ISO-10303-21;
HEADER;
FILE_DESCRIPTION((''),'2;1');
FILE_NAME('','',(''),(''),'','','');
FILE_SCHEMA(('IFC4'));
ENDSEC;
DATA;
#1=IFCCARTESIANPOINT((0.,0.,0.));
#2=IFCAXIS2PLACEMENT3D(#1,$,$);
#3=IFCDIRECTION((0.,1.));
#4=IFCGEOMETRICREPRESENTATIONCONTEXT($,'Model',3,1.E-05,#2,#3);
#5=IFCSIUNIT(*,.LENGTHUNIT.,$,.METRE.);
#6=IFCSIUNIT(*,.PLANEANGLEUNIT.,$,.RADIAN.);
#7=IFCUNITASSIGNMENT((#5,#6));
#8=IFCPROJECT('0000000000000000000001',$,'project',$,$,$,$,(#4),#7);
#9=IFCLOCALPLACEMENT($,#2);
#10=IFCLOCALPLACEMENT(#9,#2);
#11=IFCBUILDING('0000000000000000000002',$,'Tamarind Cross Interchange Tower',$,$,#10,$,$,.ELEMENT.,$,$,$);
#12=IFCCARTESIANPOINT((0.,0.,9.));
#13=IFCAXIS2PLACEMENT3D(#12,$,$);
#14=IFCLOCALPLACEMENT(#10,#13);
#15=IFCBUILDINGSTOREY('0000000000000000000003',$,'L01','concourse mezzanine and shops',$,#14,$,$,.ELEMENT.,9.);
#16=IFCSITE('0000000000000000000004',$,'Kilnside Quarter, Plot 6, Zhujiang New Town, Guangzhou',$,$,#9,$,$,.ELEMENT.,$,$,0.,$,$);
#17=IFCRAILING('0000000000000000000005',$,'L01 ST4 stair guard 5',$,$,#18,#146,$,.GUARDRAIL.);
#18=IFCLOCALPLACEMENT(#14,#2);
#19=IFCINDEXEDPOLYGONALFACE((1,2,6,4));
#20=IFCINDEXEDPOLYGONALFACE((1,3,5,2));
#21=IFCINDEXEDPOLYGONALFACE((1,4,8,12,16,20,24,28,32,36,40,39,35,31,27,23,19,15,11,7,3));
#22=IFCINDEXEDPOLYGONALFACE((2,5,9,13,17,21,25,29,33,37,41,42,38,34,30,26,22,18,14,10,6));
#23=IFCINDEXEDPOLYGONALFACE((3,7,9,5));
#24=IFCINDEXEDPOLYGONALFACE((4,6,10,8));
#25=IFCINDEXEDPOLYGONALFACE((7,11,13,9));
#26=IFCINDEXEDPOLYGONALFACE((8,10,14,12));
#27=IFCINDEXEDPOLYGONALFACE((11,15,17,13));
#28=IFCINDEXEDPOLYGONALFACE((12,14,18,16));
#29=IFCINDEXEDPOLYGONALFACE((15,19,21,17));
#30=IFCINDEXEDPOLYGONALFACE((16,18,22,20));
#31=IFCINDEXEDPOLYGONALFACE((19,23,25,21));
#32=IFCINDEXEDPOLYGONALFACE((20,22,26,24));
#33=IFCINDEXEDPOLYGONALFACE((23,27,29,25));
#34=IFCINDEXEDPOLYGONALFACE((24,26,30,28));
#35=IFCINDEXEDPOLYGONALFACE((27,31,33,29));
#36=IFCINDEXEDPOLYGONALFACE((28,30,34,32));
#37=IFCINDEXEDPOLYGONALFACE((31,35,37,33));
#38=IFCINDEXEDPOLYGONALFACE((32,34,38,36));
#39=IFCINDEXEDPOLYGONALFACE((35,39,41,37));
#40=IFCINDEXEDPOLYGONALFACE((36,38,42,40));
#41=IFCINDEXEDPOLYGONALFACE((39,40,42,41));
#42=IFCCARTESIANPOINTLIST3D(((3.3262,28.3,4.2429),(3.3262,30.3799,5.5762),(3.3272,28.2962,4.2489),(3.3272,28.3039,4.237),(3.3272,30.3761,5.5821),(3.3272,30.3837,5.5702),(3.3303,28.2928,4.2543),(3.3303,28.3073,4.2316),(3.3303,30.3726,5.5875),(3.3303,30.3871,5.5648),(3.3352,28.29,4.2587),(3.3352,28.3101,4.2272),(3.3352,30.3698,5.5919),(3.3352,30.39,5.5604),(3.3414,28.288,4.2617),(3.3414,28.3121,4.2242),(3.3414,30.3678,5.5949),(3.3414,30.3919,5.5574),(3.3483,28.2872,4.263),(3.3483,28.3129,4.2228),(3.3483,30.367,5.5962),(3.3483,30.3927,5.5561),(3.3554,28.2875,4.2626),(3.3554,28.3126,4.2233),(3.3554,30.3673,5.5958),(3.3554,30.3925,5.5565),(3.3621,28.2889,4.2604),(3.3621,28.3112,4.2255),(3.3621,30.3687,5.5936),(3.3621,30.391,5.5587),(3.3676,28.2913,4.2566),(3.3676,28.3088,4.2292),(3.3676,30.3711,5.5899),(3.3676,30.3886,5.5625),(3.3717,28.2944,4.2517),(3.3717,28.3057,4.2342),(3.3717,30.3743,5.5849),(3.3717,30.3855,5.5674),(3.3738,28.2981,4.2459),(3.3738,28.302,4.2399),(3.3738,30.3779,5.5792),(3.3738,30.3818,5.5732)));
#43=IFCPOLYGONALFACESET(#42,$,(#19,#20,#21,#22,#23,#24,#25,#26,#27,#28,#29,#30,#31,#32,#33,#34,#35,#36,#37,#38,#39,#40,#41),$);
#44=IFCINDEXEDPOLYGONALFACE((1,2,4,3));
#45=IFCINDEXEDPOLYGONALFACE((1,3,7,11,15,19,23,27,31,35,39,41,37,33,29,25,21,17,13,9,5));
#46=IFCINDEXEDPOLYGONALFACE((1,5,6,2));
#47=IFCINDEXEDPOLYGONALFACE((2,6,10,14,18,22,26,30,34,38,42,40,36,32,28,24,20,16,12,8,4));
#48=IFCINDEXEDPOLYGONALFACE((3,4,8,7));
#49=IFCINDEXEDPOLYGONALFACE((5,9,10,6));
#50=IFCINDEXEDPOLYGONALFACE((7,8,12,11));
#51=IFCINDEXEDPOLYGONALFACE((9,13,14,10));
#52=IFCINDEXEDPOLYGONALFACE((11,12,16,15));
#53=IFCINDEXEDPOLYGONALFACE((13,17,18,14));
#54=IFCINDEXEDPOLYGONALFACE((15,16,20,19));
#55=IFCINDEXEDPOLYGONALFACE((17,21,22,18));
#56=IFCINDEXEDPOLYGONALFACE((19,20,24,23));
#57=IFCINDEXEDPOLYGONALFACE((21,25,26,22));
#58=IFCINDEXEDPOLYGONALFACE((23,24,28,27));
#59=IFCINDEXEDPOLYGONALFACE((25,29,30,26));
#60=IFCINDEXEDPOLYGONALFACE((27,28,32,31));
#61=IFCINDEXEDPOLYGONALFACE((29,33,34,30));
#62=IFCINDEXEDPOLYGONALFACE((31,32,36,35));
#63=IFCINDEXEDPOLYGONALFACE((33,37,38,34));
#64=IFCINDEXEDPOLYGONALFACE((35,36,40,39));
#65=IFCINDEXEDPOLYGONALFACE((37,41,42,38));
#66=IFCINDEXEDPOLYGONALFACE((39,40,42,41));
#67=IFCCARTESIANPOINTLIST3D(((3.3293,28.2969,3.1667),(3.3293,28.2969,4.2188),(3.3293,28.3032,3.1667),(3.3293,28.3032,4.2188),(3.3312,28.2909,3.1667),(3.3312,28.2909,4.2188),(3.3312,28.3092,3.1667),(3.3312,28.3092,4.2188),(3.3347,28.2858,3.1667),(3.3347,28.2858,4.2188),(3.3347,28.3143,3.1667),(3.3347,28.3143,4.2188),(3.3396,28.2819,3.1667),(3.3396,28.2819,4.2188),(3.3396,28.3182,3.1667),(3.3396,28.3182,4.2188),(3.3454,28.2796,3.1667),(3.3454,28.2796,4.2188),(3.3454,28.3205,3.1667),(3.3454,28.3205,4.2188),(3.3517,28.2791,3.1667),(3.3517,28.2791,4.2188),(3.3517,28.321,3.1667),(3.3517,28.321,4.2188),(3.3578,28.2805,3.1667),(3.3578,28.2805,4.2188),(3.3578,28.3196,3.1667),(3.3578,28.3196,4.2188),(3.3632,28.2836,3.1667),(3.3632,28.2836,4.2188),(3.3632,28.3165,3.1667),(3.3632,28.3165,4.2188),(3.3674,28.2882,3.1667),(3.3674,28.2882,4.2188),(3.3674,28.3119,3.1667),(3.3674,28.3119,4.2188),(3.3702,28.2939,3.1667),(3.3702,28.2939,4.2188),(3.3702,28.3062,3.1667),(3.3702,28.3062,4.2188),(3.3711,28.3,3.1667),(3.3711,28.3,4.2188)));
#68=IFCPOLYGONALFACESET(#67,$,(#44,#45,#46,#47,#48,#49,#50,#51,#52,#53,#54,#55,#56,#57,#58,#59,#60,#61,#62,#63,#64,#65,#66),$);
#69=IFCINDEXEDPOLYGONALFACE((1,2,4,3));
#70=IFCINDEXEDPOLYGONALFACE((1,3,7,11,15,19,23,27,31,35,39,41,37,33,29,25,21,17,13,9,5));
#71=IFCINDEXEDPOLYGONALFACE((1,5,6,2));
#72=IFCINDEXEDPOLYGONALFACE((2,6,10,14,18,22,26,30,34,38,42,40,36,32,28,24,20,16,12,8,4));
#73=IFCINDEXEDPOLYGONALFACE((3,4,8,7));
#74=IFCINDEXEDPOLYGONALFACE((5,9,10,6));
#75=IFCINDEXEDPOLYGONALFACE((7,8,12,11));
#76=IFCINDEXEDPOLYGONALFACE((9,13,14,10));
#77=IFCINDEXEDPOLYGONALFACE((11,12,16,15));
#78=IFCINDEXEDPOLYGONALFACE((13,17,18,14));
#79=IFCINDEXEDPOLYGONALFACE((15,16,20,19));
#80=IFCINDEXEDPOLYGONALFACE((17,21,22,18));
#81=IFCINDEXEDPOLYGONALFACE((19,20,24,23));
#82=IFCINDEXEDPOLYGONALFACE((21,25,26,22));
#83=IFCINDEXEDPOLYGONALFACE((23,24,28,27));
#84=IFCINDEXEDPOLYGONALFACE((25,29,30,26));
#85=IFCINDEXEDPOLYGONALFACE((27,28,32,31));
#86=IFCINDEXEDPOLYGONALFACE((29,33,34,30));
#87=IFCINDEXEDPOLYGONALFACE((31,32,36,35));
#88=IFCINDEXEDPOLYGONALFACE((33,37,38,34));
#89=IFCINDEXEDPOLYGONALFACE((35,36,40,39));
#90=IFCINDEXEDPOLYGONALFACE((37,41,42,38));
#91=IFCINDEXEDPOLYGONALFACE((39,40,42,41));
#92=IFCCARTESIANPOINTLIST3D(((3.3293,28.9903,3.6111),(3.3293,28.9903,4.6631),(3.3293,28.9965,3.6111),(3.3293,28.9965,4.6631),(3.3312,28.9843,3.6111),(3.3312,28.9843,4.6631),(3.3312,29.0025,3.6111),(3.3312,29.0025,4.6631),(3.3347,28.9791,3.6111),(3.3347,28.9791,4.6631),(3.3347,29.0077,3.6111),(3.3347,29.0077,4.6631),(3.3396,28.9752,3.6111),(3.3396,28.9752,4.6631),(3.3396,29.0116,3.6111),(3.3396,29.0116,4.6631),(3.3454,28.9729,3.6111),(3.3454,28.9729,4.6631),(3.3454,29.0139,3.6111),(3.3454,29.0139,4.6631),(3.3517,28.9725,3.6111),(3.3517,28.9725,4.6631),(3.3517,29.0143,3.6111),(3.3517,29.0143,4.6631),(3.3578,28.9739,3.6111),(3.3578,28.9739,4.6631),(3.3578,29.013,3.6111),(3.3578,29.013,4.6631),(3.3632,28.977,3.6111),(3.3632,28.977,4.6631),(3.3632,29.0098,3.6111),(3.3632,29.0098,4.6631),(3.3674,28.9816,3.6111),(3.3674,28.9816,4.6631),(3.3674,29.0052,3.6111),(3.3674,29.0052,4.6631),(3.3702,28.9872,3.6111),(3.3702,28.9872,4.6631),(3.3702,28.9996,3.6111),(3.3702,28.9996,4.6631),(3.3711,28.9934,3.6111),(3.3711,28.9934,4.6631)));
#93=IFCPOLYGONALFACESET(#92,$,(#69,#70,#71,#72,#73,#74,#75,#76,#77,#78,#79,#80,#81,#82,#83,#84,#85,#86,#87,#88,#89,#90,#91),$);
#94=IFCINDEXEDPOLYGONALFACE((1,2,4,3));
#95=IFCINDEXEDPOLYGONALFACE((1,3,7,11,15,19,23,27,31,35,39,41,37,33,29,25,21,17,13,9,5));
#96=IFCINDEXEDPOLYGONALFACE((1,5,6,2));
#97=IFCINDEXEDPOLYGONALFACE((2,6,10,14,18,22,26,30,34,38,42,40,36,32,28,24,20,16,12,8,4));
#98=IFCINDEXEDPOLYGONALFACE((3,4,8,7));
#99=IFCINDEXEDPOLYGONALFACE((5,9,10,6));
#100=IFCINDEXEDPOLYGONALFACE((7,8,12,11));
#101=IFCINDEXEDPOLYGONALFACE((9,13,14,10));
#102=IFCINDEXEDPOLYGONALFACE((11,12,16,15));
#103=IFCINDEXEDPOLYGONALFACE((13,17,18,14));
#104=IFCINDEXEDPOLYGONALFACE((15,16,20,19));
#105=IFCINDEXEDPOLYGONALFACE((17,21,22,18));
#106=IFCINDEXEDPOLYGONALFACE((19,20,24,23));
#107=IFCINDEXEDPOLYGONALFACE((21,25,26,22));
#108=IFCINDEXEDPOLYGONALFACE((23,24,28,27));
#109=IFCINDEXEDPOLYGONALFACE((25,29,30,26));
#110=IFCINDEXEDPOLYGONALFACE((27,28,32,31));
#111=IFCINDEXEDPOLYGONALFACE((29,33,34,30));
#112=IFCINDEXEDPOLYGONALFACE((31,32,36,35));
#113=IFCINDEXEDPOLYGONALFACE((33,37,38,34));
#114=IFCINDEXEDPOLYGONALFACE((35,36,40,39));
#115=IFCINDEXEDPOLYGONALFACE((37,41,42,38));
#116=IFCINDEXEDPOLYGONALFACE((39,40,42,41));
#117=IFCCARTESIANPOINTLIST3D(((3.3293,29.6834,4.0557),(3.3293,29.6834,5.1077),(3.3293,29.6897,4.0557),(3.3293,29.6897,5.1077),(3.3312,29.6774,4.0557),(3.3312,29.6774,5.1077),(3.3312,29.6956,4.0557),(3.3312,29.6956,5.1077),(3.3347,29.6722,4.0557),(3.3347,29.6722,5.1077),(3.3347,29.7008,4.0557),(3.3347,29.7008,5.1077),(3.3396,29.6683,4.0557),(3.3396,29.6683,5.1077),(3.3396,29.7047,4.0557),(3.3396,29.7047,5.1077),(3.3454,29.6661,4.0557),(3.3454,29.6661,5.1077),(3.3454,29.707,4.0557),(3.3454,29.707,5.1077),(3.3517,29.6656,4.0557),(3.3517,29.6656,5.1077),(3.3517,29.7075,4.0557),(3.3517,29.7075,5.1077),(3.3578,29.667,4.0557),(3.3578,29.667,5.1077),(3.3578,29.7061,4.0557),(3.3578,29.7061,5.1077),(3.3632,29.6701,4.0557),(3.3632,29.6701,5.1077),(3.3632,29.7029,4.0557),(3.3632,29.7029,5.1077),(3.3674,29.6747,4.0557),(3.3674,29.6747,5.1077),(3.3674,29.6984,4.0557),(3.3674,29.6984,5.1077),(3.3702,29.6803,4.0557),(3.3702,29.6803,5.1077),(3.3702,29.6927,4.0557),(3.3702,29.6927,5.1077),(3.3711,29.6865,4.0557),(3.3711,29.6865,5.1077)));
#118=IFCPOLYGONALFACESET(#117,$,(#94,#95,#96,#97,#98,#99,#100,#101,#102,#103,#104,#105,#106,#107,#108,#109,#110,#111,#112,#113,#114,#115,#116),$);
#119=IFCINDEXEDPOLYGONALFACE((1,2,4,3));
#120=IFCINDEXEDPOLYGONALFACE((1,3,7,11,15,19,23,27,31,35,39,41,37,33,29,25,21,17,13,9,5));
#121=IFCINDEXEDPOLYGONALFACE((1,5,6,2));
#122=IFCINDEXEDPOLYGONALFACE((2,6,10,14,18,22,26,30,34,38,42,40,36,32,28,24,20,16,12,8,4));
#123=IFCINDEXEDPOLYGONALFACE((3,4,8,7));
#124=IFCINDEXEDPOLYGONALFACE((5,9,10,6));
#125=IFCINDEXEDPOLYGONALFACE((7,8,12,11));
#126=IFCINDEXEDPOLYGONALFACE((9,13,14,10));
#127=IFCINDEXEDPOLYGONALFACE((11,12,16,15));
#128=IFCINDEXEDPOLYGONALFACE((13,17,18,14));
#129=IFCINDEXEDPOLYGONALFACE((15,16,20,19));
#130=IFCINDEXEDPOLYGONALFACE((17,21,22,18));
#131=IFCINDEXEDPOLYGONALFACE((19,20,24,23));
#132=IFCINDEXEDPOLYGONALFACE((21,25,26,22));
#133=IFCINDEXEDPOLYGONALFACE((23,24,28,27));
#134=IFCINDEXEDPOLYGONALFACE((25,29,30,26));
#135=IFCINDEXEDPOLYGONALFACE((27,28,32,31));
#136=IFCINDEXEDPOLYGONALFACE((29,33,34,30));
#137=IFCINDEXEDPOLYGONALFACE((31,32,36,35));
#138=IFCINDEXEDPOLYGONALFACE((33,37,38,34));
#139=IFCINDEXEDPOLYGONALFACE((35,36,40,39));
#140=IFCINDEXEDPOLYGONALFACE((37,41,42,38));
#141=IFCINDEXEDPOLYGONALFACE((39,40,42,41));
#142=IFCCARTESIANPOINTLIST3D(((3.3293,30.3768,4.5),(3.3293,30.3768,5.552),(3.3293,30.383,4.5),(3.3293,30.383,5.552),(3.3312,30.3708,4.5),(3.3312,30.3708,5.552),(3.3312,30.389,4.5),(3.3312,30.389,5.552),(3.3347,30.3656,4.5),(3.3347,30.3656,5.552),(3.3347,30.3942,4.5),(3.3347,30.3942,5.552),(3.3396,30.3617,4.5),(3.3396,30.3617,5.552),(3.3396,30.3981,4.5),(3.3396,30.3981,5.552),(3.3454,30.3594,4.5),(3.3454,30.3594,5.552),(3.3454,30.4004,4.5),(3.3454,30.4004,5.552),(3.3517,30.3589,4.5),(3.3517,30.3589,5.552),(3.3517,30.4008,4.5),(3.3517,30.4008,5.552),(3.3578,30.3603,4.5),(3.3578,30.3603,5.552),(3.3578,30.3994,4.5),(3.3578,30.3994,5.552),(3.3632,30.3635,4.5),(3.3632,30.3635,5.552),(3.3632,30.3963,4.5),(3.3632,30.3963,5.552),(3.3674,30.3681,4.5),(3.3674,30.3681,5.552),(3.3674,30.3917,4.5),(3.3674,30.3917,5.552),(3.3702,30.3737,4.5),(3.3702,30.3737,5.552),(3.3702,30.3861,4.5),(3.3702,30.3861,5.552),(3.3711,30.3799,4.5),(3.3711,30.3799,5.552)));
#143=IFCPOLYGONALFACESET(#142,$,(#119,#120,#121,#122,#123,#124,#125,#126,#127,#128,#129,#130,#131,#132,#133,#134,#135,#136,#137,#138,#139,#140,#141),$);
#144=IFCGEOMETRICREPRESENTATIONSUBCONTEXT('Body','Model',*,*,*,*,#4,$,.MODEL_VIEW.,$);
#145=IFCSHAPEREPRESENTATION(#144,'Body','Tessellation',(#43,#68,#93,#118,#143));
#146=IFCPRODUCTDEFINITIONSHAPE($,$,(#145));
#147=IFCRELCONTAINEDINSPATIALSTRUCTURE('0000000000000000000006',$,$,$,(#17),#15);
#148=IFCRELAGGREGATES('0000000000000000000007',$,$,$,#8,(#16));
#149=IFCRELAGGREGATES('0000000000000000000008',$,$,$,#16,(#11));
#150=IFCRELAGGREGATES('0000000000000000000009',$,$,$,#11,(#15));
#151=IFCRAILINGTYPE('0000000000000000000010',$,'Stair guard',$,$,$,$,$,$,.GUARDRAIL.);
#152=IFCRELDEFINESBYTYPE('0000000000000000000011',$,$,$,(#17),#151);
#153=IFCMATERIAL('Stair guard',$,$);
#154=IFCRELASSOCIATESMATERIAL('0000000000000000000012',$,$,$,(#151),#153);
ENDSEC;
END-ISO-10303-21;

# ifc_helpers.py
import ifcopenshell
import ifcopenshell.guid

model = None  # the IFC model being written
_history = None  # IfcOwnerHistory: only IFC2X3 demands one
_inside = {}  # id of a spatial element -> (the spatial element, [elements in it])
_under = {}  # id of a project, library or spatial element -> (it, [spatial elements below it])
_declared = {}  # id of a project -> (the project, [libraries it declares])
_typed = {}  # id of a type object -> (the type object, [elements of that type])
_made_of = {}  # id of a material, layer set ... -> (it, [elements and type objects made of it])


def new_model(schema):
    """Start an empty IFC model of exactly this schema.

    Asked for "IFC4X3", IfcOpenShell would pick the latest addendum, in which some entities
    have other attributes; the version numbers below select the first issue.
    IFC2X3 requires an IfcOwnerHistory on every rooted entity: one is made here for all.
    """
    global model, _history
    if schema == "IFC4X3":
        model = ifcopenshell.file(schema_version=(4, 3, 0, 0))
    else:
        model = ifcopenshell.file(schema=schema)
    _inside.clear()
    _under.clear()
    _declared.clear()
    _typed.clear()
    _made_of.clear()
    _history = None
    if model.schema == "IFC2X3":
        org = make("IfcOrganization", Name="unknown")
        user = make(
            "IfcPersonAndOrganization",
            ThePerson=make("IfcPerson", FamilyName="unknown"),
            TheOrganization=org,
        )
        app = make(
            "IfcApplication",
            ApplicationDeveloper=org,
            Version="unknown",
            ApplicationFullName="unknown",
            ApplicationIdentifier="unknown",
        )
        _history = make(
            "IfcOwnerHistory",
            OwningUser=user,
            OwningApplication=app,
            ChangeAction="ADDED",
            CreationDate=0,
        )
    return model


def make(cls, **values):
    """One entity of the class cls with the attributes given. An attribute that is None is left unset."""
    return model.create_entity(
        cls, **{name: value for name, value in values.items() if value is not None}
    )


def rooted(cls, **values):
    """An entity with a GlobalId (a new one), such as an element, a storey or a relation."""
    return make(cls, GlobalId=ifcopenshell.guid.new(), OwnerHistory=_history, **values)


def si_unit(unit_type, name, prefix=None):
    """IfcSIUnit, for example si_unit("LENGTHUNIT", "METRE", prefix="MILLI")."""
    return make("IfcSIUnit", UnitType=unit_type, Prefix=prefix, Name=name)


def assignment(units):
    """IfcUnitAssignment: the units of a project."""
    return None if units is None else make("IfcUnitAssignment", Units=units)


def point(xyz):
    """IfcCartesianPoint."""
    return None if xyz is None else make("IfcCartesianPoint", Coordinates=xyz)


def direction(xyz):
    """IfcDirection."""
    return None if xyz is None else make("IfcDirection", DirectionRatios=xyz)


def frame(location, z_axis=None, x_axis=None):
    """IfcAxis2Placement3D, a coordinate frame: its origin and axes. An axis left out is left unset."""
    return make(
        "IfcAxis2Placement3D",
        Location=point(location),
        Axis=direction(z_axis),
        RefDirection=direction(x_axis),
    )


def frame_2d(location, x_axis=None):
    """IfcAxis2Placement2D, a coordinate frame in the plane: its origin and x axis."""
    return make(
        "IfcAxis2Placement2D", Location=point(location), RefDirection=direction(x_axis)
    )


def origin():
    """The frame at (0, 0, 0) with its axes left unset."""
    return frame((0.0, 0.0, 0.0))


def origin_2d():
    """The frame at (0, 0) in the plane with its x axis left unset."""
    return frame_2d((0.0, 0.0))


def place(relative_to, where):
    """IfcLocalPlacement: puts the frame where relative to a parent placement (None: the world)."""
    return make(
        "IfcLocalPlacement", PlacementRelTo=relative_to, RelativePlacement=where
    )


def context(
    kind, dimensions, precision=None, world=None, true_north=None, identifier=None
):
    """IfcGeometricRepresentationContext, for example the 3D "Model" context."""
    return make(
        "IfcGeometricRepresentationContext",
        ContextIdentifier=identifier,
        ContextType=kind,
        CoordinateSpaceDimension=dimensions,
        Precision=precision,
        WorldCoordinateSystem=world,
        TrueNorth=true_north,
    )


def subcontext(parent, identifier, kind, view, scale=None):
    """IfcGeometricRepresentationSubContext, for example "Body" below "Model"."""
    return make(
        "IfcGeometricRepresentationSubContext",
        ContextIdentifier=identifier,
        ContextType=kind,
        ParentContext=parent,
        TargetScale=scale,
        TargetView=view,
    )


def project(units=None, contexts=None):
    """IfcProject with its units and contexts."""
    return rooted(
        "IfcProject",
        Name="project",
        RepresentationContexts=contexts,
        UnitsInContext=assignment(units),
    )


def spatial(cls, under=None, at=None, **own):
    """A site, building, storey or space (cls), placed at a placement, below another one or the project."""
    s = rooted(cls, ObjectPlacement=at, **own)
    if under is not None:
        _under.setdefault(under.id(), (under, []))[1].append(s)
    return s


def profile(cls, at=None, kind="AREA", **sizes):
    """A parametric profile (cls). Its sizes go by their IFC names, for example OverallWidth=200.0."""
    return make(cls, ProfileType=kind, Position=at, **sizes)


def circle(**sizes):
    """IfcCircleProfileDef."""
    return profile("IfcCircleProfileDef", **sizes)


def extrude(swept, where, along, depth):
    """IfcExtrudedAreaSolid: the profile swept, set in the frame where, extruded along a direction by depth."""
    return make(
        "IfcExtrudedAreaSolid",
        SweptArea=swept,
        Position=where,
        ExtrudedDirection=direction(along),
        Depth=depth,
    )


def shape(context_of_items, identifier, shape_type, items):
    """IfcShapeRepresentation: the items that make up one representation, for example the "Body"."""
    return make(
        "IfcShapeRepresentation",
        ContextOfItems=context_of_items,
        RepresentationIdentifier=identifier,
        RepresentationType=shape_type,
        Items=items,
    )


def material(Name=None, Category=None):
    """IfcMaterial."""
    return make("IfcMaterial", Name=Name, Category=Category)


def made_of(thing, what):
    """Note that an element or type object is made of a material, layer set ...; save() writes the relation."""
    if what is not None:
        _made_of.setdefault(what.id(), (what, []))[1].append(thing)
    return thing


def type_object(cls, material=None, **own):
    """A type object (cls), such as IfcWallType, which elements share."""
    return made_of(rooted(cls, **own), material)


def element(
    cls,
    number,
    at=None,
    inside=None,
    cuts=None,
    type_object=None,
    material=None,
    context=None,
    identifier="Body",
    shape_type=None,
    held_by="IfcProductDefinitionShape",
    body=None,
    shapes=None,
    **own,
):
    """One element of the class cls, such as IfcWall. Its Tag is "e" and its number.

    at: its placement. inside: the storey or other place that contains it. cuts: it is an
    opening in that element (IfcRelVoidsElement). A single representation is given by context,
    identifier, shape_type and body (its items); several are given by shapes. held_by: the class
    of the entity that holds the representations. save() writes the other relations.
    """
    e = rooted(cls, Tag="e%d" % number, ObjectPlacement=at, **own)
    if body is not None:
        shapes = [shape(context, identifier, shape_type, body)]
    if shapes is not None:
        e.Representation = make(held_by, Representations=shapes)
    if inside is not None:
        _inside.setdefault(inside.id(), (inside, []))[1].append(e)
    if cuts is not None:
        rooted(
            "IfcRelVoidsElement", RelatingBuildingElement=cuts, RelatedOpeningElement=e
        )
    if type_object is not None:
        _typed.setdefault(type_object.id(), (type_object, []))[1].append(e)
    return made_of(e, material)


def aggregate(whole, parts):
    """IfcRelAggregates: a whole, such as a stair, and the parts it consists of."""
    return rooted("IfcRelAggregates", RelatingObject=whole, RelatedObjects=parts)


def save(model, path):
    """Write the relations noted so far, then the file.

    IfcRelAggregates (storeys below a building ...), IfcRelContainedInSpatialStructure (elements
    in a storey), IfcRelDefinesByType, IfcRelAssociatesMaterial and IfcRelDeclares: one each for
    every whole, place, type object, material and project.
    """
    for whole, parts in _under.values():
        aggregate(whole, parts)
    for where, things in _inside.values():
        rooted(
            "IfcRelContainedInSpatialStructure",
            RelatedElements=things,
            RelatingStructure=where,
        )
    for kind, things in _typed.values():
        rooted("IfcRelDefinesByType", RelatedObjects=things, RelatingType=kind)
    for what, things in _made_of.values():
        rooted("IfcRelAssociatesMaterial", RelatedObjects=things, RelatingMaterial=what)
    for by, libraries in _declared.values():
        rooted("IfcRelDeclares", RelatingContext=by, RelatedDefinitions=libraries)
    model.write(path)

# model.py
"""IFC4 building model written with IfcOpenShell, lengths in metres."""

from ifc_helpers import new_model, si_unit, direction, frame, origin, origin_2d, place, context, subcontext, project, spatial, circle, extrude, material, type_object, element, save


model = new_model("IFC4")

# Units and contexts
model_context = context("Model", 3, precision=1e-05, world=origin(), true_north=direction((0.0, 1.0)))
body_context = subcontext(model_context, "Body", "Model", "MODEL_VIEW")
ifc_project = project(units=[si_unit("LENGTHUNIT", "METRE"), si_unit("PLANEANGLEUNIT", "RADIAN")], contexts=[model_context])

# Site, building, storey
site_placement = place(None, origin())
site = spatial("IfcSite", under=ifc_project, at=site_placement, Name="Kilnside Quarter, Plot 6, Zhujiang New Town, Guangzhou", CompositionType="ELEMENT", RefElevation=0.0)
building_placement = place(site_placement, origin())
building = spatial("IfcBuilding", under=site, at=building_placement, Name="Tamarind Cross Interchange Tower", CompositionType="ELEMENT")
storey_placement = place(building_placement, frame((0.0, 0.0, 9.0)))
storey = spatial("IfcBuildingStorey", under=building, at=storey_placement, Name="L01", Description="concourse mezzanine and shops", CompositionType="ELEMENT", Elevation=9.0)

# Railing
ifc_material_1 = material(Name="Stair guard")
railing_type_1 = type_object("IfcRailingType", Name="Stair guard", PredefinedType="GUARDRAIL", material=ifc_material_1)
railing_1_placement = place(storey_placement, frame((3.3501, 28.3, 3.1667)))
element("IfcRailing", 1, at=railing_1_placement, inside=storey, type_object=railing_type_1, Name="L01 ST4 stair guard 5", PredefinedType="GUARDRAIL", context=body_context, shape_type="SweptSolid", body=[
    extrude(circle(Radius=0.0239, at=origin_2d()), frame((0.0, 0.0, 1.0762), z_axis=(0.0, 0.841875, 0.539673), x_axis=(-1.0, 0.0, 0.0)), (0.0, 0.0, 1.0), 2.4705),
    extrude(circle(Radius=0.021, at=origin_2d()), origin(), (0.0, 0.0, 1.0), 1.052),
    extrude(circle(Radius=0.021, at=origin_2d()), frame((0.0, 0.6934, 0.4443)), (0.0, 0.0, 1.0), 1.052),
    extrude(circle(Radius=0.021, at=origin_2d()), frame((0.0, 1.3865, 0.8889)), (0.0, 0.0, 1.0), 1.052),
    extrude(circle(Radius=0.021, at=origin_2d()), frame((0.0, 2.0798, 1.3333)), (0.0, 0.0, 1.0), 1.052),
])

save(model, "model.ifc")
